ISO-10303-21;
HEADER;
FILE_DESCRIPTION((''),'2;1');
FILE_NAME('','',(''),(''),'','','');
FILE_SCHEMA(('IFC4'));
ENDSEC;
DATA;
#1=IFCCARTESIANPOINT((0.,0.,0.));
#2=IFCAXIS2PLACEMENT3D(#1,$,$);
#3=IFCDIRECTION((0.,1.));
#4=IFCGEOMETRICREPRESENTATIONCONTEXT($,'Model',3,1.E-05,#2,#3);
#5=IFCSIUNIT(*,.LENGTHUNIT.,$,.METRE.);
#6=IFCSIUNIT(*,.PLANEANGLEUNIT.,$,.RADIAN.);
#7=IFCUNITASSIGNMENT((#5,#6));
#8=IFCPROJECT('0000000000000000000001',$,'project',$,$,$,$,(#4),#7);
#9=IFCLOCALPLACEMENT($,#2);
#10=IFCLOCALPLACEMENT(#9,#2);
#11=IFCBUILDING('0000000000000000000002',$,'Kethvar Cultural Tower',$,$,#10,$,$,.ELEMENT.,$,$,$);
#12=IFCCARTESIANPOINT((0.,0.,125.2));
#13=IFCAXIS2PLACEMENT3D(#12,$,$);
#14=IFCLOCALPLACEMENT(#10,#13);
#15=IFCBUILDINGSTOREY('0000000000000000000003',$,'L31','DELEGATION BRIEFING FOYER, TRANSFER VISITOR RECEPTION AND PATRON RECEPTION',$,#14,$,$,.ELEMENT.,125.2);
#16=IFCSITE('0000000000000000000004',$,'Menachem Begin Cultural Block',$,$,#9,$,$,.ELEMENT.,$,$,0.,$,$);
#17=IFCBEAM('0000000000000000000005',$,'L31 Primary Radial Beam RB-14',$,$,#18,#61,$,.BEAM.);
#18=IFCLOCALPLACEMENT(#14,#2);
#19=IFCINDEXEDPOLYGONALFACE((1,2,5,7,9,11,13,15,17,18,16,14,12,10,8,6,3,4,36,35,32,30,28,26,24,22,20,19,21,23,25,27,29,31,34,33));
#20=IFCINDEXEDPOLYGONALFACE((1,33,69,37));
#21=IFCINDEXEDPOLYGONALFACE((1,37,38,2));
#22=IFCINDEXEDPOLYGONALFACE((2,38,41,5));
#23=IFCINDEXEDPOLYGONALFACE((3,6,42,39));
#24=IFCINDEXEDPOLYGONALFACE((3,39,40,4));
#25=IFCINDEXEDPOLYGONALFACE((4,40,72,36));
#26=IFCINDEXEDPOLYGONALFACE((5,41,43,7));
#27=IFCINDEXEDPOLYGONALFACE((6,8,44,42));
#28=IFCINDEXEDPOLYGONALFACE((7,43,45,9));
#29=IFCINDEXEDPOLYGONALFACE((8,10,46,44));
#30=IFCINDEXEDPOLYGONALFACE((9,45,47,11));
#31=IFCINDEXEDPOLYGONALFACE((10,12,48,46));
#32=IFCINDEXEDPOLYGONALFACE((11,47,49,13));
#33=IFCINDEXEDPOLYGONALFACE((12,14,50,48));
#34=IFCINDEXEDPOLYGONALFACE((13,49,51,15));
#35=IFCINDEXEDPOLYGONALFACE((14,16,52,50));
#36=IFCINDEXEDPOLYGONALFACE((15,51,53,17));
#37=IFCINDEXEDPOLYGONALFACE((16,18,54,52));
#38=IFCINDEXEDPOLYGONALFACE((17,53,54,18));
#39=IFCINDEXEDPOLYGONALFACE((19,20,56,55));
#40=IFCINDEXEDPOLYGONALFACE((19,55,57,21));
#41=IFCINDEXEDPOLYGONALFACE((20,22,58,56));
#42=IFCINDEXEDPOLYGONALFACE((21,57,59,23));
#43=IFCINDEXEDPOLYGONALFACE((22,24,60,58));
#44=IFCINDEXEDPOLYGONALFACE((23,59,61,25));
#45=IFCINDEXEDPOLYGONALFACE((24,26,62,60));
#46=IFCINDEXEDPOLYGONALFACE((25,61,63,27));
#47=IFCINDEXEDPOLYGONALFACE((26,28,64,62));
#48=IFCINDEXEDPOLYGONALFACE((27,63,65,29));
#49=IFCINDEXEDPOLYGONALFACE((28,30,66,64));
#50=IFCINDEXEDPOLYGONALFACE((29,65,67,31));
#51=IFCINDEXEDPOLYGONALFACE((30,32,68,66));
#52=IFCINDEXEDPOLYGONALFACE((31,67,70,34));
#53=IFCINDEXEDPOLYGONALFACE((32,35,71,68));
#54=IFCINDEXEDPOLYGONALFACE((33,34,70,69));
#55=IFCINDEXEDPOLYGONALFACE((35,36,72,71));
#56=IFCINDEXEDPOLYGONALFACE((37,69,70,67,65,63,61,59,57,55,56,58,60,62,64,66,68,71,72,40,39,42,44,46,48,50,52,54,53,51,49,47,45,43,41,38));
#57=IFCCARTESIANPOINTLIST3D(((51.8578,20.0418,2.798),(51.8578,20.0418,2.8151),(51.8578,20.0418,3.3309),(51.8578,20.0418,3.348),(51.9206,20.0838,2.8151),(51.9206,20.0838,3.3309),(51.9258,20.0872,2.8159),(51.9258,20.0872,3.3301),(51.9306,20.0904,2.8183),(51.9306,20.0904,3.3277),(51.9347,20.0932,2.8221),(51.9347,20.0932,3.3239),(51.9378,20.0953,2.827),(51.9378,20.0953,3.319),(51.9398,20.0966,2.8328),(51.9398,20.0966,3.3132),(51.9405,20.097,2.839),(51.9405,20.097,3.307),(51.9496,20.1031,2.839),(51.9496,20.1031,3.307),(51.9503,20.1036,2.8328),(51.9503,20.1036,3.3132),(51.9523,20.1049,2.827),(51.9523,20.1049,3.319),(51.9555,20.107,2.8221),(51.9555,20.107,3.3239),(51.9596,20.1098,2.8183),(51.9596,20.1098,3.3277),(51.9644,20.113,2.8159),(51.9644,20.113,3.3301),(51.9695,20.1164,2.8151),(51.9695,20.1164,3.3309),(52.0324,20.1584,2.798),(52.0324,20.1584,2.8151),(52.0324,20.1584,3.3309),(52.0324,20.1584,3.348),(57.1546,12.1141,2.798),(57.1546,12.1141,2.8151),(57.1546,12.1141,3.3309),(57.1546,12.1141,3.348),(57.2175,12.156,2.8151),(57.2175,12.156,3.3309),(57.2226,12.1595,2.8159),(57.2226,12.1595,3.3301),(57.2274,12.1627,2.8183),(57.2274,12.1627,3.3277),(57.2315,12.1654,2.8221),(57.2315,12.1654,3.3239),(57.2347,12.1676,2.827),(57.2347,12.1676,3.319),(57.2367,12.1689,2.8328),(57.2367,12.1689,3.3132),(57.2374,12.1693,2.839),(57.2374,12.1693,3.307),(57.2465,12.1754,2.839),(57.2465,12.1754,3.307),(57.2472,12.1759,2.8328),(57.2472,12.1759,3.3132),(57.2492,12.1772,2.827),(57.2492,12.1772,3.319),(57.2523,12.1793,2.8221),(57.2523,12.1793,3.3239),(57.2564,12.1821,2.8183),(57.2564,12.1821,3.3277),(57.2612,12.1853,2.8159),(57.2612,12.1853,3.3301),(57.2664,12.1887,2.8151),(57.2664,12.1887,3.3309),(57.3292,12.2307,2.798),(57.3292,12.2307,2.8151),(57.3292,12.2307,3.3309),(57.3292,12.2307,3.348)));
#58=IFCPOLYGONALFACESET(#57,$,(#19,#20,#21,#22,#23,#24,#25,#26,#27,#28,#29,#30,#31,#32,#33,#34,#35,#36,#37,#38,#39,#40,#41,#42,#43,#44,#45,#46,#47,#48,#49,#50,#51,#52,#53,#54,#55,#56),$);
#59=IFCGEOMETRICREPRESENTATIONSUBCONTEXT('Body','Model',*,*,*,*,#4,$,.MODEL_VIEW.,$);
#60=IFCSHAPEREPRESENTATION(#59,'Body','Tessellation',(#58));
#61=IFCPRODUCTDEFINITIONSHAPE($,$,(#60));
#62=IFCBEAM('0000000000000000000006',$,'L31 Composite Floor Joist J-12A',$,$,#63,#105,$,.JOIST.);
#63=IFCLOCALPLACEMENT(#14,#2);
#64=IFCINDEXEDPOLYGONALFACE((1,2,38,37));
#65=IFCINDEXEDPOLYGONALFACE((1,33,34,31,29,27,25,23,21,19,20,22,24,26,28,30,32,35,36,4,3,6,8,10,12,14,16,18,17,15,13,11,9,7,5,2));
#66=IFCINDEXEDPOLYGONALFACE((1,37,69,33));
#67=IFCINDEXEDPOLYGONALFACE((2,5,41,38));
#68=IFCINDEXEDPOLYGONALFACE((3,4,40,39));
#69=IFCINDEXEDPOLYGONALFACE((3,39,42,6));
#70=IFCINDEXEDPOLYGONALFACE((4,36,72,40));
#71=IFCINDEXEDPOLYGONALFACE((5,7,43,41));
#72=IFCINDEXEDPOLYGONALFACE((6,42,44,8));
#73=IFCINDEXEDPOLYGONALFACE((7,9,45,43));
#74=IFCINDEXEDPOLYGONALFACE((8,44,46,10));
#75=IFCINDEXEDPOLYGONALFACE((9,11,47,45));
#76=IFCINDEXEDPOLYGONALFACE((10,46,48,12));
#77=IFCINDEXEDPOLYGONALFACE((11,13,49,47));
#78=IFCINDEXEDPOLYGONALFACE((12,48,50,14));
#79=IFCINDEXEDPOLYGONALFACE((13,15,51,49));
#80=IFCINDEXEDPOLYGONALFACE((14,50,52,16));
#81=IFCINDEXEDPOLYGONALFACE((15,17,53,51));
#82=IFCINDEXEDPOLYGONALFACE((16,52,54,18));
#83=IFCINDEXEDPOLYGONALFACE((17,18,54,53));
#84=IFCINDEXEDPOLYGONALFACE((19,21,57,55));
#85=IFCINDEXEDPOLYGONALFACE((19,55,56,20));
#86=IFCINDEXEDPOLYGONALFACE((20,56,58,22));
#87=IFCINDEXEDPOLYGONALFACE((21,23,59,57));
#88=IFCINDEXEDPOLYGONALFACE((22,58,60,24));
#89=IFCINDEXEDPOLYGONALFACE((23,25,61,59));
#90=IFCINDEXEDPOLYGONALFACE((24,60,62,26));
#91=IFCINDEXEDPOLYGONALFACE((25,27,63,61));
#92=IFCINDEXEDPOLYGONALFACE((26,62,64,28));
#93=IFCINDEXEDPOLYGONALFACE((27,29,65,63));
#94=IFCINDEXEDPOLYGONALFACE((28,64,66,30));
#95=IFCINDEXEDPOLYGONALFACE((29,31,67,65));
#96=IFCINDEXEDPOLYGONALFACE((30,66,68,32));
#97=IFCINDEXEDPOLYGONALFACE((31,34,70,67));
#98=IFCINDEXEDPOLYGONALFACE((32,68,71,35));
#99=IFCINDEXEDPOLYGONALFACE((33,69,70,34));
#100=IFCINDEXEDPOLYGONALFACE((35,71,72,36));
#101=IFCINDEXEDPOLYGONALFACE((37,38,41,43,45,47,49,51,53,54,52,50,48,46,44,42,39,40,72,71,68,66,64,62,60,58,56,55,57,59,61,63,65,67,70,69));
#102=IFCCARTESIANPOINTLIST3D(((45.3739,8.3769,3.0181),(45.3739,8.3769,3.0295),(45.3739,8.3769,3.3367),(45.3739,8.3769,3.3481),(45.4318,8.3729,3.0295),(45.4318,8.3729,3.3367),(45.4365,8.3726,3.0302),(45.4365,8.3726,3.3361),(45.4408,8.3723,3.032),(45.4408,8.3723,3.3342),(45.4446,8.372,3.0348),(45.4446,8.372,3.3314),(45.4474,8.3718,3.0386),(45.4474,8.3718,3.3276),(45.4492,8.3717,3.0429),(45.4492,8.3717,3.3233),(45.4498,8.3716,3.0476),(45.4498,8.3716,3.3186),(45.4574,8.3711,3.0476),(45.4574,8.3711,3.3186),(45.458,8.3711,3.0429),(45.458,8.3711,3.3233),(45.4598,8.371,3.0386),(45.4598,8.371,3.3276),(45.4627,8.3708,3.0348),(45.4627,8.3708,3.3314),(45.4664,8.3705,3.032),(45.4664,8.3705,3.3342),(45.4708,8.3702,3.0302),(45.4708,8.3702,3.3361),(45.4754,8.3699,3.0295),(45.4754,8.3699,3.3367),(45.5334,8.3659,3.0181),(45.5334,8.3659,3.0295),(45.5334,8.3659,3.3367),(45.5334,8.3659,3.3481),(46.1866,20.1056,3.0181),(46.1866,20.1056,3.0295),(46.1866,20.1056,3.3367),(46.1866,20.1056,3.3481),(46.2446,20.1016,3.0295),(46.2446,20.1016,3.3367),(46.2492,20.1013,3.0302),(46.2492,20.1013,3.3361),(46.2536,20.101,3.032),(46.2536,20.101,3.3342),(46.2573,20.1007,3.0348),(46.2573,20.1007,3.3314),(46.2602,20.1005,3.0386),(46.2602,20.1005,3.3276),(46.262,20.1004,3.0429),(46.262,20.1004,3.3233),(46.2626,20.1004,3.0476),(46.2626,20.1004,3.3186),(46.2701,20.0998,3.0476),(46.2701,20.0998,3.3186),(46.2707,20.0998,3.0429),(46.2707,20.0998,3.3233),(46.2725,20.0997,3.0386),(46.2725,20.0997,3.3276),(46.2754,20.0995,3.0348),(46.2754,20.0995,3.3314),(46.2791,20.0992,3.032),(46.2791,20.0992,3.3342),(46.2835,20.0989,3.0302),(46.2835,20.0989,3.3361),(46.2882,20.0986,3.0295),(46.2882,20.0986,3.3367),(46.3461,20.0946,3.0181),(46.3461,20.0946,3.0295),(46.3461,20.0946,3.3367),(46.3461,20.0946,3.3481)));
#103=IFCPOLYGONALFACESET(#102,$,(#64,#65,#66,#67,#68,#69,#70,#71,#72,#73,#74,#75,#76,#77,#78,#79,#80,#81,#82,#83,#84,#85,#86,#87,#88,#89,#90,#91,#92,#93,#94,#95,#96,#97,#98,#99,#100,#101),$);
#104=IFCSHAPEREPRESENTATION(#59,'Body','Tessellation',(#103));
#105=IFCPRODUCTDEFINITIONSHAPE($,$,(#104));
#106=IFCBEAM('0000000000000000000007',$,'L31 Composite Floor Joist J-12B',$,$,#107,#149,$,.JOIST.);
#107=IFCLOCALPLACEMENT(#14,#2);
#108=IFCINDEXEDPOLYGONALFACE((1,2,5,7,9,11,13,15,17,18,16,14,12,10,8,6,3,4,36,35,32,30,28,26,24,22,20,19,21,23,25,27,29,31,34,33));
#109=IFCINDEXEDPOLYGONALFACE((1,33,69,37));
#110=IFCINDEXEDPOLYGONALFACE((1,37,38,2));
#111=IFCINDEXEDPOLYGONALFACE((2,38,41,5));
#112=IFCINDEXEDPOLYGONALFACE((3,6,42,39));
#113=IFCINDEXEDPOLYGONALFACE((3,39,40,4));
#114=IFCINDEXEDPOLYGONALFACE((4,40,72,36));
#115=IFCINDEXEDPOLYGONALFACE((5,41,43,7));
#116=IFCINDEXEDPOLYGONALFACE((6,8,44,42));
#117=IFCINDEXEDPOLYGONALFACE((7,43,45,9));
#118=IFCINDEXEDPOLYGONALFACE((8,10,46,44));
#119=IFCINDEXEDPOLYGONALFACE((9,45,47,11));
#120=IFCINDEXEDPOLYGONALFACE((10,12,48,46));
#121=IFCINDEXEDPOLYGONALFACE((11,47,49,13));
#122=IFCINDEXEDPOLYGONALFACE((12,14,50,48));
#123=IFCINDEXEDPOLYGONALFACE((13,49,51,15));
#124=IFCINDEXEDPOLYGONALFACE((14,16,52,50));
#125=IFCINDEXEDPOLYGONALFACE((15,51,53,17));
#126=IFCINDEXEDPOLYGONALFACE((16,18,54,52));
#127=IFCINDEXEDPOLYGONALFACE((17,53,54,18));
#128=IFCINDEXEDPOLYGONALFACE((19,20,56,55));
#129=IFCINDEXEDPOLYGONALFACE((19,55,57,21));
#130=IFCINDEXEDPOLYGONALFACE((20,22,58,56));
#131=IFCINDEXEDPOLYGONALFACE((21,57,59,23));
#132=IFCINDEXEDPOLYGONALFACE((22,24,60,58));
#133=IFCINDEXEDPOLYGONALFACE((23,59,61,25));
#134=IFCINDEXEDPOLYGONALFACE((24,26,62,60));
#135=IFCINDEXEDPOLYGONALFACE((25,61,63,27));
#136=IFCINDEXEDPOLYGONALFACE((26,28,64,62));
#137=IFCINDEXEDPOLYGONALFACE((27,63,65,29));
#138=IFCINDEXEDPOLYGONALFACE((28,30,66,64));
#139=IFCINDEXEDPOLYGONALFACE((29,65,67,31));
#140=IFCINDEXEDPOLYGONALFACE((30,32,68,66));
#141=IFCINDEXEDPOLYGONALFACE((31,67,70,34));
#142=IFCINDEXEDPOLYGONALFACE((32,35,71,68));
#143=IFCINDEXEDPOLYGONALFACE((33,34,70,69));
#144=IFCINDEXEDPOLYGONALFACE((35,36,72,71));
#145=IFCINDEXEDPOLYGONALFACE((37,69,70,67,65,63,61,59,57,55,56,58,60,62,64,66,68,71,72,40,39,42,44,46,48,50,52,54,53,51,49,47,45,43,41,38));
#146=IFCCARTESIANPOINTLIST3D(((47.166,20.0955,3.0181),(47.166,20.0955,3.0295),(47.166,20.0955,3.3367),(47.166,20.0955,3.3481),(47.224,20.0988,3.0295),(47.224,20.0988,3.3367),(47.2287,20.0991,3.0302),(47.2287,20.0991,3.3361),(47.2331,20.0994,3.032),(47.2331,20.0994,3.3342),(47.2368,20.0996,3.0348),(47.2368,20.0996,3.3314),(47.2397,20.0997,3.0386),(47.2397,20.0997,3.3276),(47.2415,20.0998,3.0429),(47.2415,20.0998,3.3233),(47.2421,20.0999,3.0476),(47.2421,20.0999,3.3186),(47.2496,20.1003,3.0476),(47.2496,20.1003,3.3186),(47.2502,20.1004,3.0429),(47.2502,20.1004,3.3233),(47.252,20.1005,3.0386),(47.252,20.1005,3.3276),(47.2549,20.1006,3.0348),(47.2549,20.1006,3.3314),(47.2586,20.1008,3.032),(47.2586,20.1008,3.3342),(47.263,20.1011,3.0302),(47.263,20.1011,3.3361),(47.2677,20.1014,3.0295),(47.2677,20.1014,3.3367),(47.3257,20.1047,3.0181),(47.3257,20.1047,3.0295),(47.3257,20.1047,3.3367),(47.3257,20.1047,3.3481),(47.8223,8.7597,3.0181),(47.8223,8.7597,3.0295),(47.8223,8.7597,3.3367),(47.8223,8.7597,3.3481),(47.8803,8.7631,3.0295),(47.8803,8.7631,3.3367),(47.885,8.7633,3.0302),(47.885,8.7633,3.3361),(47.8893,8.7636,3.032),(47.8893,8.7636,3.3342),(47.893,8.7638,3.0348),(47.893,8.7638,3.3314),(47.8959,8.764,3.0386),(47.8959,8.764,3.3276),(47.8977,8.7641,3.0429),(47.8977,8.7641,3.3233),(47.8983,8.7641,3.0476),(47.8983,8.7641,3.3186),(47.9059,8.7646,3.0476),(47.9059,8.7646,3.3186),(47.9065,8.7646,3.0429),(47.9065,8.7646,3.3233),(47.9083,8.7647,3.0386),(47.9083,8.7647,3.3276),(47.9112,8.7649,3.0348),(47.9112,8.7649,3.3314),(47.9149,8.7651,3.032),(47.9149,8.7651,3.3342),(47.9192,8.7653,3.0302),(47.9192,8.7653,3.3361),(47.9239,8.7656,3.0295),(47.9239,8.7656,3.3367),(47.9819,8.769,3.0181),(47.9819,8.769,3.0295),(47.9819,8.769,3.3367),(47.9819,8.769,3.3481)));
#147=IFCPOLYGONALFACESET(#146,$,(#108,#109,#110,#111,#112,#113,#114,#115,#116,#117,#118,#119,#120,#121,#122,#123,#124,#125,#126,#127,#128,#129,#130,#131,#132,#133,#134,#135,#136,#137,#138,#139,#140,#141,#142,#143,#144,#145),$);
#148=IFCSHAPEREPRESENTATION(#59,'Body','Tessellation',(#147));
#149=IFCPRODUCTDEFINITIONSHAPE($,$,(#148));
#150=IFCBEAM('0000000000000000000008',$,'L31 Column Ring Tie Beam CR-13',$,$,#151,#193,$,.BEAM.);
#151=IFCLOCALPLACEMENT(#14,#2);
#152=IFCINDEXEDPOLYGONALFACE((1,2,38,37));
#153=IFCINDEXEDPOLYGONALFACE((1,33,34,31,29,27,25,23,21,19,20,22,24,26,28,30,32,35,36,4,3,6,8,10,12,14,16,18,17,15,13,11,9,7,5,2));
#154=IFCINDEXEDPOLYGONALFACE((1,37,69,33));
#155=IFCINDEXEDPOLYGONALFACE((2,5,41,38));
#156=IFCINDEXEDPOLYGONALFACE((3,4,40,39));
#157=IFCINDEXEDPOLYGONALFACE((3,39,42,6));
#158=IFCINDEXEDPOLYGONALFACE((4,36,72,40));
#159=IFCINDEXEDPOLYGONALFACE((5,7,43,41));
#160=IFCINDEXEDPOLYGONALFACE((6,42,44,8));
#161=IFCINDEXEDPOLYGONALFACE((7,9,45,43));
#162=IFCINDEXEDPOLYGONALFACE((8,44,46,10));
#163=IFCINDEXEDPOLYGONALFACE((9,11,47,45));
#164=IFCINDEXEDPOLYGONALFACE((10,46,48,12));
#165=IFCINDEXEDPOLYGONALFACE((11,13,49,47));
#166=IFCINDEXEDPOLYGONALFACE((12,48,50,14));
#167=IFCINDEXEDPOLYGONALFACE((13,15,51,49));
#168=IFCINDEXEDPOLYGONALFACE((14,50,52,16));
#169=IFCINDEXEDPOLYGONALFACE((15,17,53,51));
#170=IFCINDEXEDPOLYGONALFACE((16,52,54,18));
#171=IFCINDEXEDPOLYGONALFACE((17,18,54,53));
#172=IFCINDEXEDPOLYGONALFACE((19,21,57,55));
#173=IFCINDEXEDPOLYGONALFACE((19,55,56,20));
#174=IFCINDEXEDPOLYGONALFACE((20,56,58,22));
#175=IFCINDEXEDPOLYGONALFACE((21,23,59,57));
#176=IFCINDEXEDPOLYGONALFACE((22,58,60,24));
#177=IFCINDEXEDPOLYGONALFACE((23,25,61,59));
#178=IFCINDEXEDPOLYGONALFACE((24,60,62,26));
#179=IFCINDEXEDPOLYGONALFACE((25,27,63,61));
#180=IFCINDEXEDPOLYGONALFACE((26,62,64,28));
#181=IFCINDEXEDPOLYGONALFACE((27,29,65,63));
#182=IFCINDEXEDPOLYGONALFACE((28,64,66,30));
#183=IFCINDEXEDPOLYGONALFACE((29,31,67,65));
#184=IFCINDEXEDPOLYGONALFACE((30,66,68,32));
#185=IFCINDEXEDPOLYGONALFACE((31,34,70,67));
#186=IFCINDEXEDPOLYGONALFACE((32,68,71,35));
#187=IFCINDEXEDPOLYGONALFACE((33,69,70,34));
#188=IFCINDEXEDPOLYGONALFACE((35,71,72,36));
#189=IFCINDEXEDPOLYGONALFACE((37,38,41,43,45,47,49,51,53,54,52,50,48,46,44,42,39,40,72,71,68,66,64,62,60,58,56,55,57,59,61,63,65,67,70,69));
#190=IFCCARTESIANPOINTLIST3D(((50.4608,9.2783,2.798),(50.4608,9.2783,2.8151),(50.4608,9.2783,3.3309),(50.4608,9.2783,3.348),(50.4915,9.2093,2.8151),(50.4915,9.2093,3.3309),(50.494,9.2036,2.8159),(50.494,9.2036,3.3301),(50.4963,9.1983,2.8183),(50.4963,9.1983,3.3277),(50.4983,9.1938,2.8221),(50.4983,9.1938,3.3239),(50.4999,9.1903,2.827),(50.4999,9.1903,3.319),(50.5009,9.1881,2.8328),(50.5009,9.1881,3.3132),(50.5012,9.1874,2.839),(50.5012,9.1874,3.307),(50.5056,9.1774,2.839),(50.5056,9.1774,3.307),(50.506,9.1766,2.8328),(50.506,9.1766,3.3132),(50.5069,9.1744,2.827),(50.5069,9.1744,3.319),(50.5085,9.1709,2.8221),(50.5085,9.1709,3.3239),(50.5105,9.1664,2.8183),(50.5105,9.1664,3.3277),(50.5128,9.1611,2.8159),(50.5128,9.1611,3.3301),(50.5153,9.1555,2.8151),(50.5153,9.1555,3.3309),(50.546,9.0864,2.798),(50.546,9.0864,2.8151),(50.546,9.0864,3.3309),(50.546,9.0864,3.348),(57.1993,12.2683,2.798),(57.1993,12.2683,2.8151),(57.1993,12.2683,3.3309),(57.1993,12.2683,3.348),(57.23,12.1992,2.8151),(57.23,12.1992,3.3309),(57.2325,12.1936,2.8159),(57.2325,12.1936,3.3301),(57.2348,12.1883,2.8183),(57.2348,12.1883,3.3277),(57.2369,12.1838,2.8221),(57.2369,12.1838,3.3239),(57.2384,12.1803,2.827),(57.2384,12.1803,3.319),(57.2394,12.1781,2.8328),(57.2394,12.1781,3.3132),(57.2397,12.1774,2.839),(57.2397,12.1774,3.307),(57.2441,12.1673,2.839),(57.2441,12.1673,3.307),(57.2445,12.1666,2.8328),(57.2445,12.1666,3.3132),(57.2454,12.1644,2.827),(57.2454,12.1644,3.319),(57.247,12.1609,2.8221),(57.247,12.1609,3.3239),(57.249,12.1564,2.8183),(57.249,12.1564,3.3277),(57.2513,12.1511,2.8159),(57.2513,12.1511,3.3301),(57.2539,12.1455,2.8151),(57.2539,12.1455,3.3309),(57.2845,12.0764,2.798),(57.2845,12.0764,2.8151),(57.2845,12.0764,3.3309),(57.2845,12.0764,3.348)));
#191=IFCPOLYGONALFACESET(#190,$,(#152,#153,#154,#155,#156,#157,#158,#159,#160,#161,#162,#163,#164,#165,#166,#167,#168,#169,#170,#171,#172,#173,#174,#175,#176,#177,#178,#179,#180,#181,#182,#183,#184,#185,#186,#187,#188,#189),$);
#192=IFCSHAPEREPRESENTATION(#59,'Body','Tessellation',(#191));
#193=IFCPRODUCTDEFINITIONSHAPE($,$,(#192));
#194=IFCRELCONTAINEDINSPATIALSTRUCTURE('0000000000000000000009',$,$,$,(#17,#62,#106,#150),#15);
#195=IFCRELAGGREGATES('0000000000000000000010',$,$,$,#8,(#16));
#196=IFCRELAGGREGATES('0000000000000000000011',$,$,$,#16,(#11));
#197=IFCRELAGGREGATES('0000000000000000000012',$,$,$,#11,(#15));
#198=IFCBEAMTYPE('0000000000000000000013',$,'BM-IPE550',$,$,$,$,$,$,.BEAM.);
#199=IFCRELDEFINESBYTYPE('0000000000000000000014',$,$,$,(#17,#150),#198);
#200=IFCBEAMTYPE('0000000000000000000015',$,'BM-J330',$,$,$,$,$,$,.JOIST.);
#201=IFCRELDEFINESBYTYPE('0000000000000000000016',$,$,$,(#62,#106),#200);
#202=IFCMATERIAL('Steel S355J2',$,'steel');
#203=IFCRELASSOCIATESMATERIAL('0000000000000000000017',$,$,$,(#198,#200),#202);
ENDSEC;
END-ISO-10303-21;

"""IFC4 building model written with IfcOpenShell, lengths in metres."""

from ifc_helpers import new_model, si_unit, direction, frame, origin, origin_2d, place, context, subcontext, project, spatial, i_section, extrude, source, transform, mapped, material, material_profile, profile_set, type_object, element, save


model = new_model("IFC4")

# Units and contexts
model_context = context("Model", 3, precision=1e-05, world=origin(), true_north=direction((0.0, 1.0)))
body_context = subcontext(model_context, "Body", "Model", "MODEL_VIEW")
ifc_project = project(units=[si_unit("LENGTHUNIT", "METRE"), si_unit("PLANEANGLEUNIT", "RADIAN")], contexts=[model_context])

# Site, building, storey
site_placement = place(None, origin())
site = spatial("IfcSite", under=ifc_project, at=site_placement, Name="Menachem Begin Cultural Block", CompositionType="ELEMENT", RefElevation=0.0)
building_placement = place(site_placement, origin())
building = spatial("IfcBuilding", under=site, at=building_placement, Name="Kethvar Cultural Tower", CompositionType="ELEMENT")
storey_placement = place(building_placement, frame((0.0, 0.0, 125.2)))
storey = spatial("IfcBuildingStorey", under=building, at=storey_placement, Name="L31", Description="DELEGATION BRIEFING FOYER, TRANSFER VISITOR RECEPTION AND PATRON RECEPTION", CompositionType="ELEMENT", Elevation=125.2)

# Beams
ifc_material_1 = material(Name="Steel S355J2", Category="steel")
ifc_material_profile_1 = material_profile(ifc_material_1, i_section(OverallWidth=0.21, OverallDepth=0.55, WebThickness=0.011, FlangeThickness=0.0171, FilletRadius=0.0239, at=origin_2d()), Name="Steel S355J2 — IPE550")
ifc_profile_set_1 = profile_set([ifc_material_profile_1], Name="Steel S355J2 — IPE550")
beam_type_1 = type_object("IfcBeamType", Name="BM-IPE550", PredefinedType="BEAM", material=ifc_profile_set_1)
shared_shape_1 = source(origin(), body_context, "Body", "SweptSolid", [
    extrude(i_section(OverallWidth=0.21, OverallDepth=0.55, WebThickness=0.011, FlangeThickness=0.0171, FilletRadius=0.0239, at=origin_2d()), origin(), (0.0, 0.0, 1.0), 9.5344),
])
beam_1_placement = place(storey_placement, frame((51.9451, 20.1001, 3.073), z_axis=(0.555551, -0.831483, 0.0), x_axis=(0.831483, 0.555551, 0.0)))
element("IfcBeam", 1, at=beam_1_placement, inside=storey, type_object=beam_type_1, Name="L31 Primary Radial Beam RB-14", PredefinedType="BEAM", context=body_context, shape_type="MappedRepresentation", body=[
    mapped(shared_shape_1, transform((0.0, 0.0, 0.0), scale=1.0)),
])
ifc_material_profile_2 = material_profile(ifc_material_1, i_section(OverallWidth=0.1599, OverallDepth=0.3301, WebThickness=0.0076, FlangeThickness=0.0115, FilletRadius=0.0181, at=origin_2d()), Name="Steel S355J2 — IPE330")
ifc_profile_set_2 = profile_set([ifc_material_profile_2], Name="Steel S355J2 — IPE330")
beam_type_2 = type_object("IfcBeamType", Name="BM-J330", PredefinedType="JOIST", material=ifc_profile_set_2)
shared_shape_2 = source(origin(), body_context, "Body", "SweptSolid", [
    extrude(i_section(OverallWidth=0.1599, OverallDepth=0.3301, WebThickness=0.0076, FlangeThickness=0.0115, FilletRadius=0.0181, at=origin_2d()), origin(), (0.0, 0.0, 1.0), 11.7568),
])
beam_2_placement = place(storey_placement, frame((46.2664, 20.1001, 3.1831), z_axis=(-0.069129, -0.997608, 0.0), x_axis=(0.997608, -0.069129, 0.0)))
element("IfcBeam", 2, at=beam_2_placement, inside=storey, type_object=beam_type_2, Name="L31 Composite Floor Joist J-12A", PredefinedType="JOIST", context=body_context, shape_type="MappedRepresentation", body=[
    mapped(shared_shape_2, transform((0.0, 0.0, 0.0), scale=1.0)),
])
shared_shape_3 = source(origin(), body_context, "Body", "SweptSolid", [
    extrude(i_section(OverallWidth=0.1599, OverallDepth=0.3301, WebThickness=0.0076, FlangeThickness=0.0115, FilletRadius=0.0181, at=origin_2d()), origin(), (0.0, 0.0, 1.0), 11.3547),
])
beam_3_placement = place(storey_placement, frame((47.2458, 20.1001, 3.1831), z_axis=(0.057796, -0.998328, 0.0), x_axis=(0.998328, 0.057796, 0.0)))
element("IfcBeam", 3, at=beam_3_placement, inside=storey, type_object=beam_type_2, Name="L31 Composite Floor Joist J-12B", PredefinedType="JOIST", context=body_context, shape_type="MappedRepresentation", body=[
    mapped(shared_shape_3, transform((0.0, 0.0, 0.0), scale=1.0)),
])
shared_shape_4 = source(origin(), body_context, "Body", "SweptSolid", [
    extrude(i_section(OverallWidth=0.21, OverallDepth=0.55, WebThickness=0.011, FlangeThickness=0.0171, FilletRadius=0.0239, at=origin_2d()), origin(), (0.0, 0.0, 1.0), 7.3721),
])
beam_4_placement = place(storey_placement, frame((50.5034, 9.1824, 3.073), z_axis=(0.914059, 0.405582, 0.0), x_axis=(-0.405582, 0.914059, 0.0)))
element("IfcBeam", 4, at=beam_4_placement, inside=storey, type_object=beam_type_1, Name="L31 Column Ring Tie Beam CR-13", PredefinedType="BEAM", context=body_context, shape_type="MappedRepresentation", body=[
    mapped(shared_shape_4, transform((0.0, 0.0, 0.0), scale=1.0)),
])

save(model, "model.ifc")
